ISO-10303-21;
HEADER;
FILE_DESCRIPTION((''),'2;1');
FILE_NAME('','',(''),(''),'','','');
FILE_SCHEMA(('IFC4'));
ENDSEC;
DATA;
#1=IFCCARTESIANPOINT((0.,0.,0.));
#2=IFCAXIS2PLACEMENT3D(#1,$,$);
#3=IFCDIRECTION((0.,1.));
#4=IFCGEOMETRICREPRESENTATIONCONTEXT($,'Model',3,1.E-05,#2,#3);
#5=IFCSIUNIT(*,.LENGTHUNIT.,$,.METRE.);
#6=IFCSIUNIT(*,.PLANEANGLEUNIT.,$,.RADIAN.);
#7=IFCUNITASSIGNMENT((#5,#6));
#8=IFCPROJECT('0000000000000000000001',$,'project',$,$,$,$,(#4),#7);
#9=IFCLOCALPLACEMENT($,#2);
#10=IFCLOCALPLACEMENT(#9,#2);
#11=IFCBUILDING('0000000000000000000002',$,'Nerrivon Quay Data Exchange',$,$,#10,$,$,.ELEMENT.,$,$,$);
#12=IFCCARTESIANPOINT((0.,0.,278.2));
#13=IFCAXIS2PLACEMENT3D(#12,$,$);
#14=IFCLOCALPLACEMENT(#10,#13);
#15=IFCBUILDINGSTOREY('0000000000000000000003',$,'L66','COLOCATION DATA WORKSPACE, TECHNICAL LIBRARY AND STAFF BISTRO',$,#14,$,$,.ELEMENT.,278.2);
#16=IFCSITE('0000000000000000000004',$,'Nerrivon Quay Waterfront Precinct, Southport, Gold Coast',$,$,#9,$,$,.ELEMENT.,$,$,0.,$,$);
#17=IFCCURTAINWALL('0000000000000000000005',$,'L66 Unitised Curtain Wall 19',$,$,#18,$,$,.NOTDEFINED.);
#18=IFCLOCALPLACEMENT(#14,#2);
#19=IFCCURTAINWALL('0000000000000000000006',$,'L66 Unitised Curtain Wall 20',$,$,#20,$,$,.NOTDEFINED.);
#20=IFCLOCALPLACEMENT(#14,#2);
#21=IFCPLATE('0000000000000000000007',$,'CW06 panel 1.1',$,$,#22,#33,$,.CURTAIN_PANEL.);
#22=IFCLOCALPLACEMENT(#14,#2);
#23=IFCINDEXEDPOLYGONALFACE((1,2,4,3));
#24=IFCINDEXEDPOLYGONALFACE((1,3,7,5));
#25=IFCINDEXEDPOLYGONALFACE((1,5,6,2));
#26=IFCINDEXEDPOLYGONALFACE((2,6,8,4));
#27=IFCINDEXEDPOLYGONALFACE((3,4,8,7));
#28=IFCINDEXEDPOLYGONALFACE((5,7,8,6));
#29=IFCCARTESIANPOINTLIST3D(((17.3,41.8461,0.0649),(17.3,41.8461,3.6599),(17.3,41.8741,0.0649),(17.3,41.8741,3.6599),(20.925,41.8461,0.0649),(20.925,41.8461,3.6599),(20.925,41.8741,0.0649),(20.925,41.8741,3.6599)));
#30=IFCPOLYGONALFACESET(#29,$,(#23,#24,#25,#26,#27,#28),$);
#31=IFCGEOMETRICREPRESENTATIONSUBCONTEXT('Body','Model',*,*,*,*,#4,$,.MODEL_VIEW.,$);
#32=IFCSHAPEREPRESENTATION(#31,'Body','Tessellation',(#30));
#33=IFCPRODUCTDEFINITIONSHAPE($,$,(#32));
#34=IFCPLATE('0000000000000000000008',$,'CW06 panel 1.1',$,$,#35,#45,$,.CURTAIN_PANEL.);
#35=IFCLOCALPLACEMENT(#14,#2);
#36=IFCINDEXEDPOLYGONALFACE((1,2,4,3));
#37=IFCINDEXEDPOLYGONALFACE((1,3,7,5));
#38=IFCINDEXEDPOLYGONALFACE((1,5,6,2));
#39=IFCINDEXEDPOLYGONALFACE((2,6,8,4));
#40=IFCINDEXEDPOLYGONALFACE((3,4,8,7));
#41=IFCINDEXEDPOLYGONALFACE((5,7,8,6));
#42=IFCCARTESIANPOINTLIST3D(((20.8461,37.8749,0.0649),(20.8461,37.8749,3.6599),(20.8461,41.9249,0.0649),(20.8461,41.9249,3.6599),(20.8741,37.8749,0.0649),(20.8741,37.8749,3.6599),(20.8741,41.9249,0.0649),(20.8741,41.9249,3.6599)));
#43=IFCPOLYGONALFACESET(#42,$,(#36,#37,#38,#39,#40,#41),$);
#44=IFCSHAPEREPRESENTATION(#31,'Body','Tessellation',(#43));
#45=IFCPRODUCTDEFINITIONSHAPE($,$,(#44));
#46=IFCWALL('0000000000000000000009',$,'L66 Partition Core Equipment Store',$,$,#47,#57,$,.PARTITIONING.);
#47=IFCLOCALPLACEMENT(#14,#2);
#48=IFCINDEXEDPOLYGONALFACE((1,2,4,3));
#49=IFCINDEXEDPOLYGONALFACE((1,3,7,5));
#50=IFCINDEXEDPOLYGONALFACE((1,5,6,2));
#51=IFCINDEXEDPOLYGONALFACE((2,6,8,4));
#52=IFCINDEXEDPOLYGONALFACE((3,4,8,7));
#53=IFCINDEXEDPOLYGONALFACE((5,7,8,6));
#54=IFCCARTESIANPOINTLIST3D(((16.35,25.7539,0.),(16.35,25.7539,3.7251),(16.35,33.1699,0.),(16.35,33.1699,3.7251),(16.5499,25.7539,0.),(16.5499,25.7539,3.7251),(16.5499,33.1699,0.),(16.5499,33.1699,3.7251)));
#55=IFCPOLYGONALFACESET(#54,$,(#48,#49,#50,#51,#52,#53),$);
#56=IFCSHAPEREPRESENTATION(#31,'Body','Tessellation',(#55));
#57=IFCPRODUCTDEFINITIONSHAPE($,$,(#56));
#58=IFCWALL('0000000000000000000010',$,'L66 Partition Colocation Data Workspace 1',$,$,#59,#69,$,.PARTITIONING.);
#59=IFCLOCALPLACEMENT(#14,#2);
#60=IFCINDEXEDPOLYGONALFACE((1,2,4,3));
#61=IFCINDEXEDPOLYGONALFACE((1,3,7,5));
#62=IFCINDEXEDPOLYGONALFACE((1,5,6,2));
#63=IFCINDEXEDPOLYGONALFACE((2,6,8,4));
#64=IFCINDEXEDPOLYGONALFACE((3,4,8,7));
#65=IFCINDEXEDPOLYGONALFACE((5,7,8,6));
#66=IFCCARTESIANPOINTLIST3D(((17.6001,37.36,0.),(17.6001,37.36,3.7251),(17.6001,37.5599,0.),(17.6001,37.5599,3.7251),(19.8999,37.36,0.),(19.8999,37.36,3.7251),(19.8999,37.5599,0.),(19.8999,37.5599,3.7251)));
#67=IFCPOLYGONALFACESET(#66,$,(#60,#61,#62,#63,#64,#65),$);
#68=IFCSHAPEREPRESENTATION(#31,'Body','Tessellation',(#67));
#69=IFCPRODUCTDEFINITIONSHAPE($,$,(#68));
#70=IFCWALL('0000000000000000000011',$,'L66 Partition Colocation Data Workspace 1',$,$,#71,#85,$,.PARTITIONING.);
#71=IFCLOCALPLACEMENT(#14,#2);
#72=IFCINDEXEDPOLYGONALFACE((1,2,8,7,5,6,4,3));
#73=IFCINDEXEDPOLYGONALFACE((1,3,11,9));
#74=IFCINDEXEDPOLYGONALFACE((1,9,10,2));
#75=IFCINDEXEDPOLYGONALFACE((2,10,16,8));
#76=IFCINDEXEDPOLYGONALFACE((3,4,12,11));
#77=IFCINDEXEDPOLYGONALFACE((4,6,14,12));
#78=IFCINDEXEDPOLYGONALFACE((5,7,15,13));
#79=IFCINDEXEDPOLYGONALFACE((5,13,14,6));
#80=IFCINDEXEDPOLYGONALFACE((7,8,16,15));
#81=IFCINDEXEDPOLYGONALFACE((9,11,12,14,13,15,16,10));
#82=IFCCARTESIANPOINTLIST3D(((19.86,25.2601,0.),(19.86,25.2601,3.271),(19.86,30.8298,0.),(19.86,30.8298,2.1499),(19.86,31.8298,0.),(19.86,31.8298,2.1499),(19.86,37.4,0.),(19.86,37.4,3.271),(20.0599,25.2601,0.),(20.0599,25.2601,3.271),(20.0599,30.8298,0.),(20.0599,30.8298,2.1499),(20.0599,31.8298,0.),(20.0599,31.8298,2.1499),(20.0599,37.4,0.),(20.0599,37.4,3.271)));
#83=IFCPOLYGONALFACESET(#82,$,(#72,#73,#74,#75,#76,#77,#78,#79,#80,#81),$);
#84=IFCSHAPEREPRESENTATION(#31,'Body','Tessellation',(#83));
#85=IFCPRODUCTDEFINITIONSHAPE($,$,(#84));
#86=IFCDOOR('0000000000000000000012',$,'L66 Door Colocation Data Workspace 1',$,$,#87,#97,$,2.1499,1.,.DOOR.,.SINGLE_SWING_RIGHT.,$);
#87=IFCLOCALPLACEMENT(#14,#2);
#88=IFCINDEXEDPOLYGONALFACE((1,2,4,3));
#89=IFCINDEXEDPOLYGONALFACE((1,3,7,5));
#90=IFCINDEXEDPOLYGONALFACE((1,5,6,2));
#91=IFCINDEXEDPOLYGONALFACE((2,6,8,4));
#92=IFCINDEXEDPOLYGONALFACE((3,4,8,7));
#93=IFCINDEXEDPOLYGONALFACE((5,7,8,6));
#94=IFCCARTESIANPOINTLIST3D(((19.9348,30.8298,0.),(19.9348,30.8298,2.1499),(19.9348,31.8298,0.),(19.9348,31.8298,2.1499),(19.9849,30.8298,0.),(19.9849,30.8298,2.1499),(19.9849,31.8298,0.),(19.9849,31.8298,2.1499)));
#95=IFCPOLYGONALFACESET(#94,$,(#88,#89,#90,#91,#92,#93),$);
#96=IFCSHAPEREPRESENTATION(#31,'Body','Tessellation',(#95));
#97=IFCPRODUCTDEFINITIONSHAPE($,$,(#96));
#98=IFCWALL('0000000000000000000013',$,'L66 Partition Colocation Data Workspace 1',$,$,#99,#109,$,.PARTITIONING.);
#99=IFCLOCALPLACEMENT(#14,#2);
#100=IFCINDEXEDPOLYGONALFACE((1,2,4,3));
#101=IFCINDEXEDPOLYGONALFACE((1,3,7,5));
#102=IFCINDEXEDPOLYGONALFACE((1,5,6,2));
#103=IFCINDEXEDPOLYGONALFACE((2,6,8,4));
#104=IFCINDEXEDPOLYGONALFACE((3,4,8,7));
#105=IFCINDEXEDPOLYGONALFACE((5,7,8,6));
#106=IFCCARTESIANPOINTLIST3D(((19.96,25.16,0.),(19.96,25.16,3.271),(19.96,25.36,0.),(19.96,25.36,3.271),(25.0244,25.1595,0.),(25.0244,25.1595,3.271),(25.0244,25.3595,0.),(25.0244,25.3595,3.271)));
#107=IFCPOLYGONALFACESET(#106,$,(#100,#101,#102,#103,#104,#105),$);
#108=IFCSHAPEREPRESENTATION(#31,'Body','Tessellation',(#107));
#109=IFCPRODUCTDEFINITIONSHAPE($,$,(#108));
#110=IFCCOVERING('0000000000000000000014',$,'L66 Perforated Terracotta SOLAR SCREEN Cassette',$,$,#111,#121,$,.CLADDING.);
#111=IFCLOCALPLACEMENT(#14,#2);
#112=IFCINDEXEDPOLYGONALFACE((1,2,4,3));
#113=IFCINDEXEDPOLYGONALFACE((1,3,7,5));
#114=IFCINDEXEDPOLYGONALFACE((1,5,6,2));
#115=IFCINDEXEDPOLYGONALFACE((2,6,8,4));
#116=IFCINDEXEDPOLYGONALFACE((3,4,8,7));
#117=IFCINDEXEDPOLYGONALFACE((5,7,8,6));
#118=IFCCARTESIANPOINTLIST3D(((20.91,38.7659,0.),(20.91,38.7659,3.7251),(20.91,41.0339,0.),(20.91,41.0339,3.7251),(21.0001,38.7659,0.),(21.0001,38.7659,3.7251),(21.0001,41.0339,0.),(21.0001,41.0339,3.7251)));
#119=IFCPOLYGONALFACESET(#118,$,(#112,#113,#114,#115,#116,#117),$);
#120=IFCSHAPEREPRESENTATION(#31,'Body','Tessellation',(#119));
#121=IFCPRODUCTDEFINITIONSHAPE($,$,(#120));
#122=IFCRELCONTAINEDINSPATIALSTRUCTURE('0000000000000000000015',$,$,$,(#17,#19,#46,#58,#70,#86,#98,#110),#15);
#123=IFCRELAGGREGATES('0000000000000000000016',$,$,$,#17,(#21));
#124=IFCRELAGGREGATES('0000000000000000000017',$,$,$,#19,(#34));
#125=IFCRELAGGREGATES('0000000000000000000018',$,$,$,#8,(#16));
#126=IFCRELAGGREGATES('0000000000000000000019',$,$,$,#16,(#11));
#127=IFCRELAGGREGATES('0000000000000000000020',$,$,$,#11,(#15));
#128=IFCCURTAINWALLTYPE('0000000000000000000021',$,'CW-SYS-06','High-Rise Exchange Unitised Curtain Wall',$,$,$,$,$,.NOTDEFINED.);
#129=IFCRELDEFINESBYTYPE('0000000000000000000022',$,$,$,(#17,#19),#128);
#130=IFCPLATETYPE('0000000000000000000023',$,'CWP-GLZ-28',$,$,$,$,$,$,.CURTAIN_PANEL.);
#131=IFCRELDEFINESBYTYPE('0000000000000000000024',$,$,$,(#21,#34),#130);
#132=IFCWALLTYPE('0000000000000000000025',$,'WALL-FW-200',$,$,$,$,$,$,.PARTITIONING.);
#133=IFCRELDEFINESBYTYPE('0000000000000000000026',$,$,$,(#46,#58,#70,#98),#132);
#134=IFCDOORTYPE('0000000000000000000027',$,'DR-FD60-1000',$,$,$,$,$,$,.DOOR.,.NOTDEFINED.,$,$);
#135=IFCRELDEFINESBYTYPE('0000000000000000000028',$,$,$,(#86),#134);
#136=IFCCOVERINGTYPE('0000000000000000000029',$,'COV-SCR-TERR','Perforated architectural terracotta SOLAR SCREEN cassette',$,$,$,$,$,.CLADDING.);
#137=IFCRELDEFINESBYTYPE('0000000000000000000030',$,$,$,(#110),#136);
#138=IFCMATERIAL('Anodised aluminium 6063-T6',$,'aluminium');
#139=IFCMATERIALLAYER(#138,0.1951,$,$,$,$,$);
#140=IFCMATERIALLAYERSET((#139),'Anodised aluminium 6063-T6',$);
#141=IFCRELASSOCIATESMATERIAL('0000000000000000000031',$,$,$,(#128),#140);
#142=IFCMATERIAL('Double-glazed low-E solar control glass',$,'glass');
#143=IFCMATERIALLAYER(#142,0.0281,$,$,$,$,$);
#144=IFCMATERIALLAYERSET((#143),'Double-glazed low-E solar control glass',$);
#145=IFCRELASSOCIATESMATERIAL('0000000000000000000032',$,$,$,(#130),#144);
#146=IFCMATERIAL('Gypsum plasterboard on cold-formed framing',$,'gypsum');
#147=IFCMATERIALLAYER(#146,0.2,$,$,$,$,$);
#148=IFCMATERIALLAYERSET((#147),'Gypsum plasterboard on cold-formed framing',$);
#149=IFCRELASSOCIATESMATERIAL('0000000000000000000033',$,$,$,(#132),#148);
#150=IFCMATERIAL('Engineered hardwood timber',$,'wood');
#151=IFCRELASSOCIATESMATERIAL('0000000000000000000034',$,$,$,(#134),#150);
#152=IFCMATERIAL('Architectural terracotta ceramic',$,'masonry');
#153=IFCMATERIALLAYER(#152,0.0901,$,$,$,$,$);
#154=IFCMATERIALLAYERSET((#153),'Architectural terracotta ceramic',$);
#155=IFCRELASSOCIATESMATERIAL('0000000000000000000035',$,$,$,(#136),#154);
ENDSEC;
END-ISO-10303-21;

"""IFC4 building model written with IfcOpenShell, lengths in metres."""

from ifc_helpers import new_model, si_unit, direction, frame, frame_2d, origin, origin_2d, place, context, subcontext, project, spatial, rectangle, extrude, material, layer, layer_set, type_object, element, fill, aggregate, save


model = new_model("IFC4")

# Units and contexts
model_context = context("Model", 3, precision=1e-05, world=origin(), true_north=direction((0.0, 1.0)))
body_context = subcontext(model_context, "Body", "Model", "MODEL_VIEW")
ifc_project = project(units=[si_unit("LENGTHUNIT", "METRE"), si_unit("PLANEANGLEUNIT", "RADIAN")], contexts=[model_context])

# Site, building, storey
site_placement = place(None, origin())
site = spatial("IfcSite", under=ifc_project, at=site_placement, Name="Nerrivon Quay Waterfront Precinct, Southport, Gold Coast", CompositionType="ELEMENT", RefElevation=0.0)
building_placement = place(site_placement, origin())
building = spatial("IfcBuilding", under=site, at=building_placement, Name="Nerrivon Quay Data Exchange", CompositionType="ELEMENT")
storey_placement = place(building_placement, frame((0.0, 0.0, 278.2)))
storey = spatial("IfcBuildingStorey", under=building, at=storey_placement, Name="L66", Description="COLOCATION DATA WORKSPACE, TECHNICAL LIBRARY AND STAFF BISTRO", CompositionType="ELEMENT", Elevation=278.2)

# Curtain walls
ifc_material_1 = material(Name="Anodised aluminium 6063-T6", Category="aluminium")
ifc_layer_1 = layer(ifc_material_1, 0.1951)
ifc_layer_set_1 = layer_set([ifc_layer_1], Name="Anodised aluminium 6063-T6")
curtain_wall_type = type_object("IfcCurtainWallType", Name="CW-SYS-06", Description="High-Rise Exchange Unitised Curtain Wall", PredefinedType="NOTDEFINED", material=ifc_layer_set_1)
curtain_wall_1_placement = place(storey_placement, origin())
curtain_wall_1 = element("IfcCurtainWall", 1, at=curtain_wall_1_placement, inside=storey, type_object=curtain_wall_type, Name="L66 Unitised Curtain Wall 19", PredefinedType="NOTDEFINED")
curtain_wall_2_placement = place(storey_placement, origin())
curtain_wall_2 = element("IfcCurtainWall", 2, at=curtain_wall_2_placement, inside=storey, type_object=curtain_wall_type, Name="L66 Unitised Curtain Wall 20", PredefinedType="NOTDEFINED")

# Plates
ifc_material_2 = material(Name="Double-glazed low-E solar control glass", Category="glass")
ifc_layer_2 = layer(ifc_material_2, 0.0281)
ifc_layer_set_2 = layer_set([ifc_layer_2], Name="Double-glazed low-E solar control glass")
plate_type = type_object("IfcPlateType", Name="CWP-GLZ-28", PredefinedType="CURTAIN_PANEL", material=ifc_layer_set_2)
plate_1_placement = place(storey_placement, frame((19.1125, 41.8601, 0.0649), z_axis=(0.0, 0.0, 1.0), x_axis=(1.0, 0.0, 0.0)))
plate_1 = element("IfcPlate", 3, at=plate_1_placement, type_object=plate_type, Name="CW06 panel 1.1", PredefinedType="CURTAIN_PANEL", context=body_context, shape_type="SweptSolid", body=[
    extrude(rectangle(XDim=3.625, YDim=0.0281, at=origin_2d()), origin(), (0.0, 0.0, 1.0), 3.595),
])
aggregate(curtain_wall_1, [plate_1])
plate_2_placement = place(storey_placement, frame((20.8601, 39.8999, 0.0649), z_axis=(0.0, 0.0, 1.0), x_axis=(0.0, -1.0, 0.0)))
plate_2 = element("IfcPlate", 4, at=plate_2_placement, type_object=plate_type, Name="CW06 panel 1.1", PredefinedType="CURTAIN_PANEL", context=body_context, shape_type="SweptSolid", body=[
    extrude(rectangle(XDim=4.05, YDim=0.0281, at=origin_2d()), origin(), (0.0, 0.0, 1.0), 3.595),
])
aggregate(curtain_wall_2, [plate_2])

# Walls
ifc_material_3 = material(Name="Gypsum plasterboard on cold-formed framing", Category="gypsum")
ifc_layer_3 = layer(ifc_material_3, 0.2)
ifc_layer_set_3 = layer_set([ifc_layer_3], Name="Gypsum plasterboard on cold-formed framing")
wall_type_1 = type_object("IfcWallType", Name="WALL-FW-200", PredefinedType="PARTITIONING", material=ifc_layer_set_3)
wall_1_placement = place(storey_placement, frame((16.45, 25.7539, 0.0), z_axis=(0.0, 0.0, 1.0), x_axis=(0.0, 1.0, 0.0)))
element("IfcWall", 5, at=wall_1_placement, inside=storey, type_object=wall_type_1, Name="L66 Partition Core Equipment Store", PredefinedType="PARTITIONING", context=body_context, shape_type="SweptSolid", body=[
    extrude(rectangle(XDim=7.416, YDim=0.2, at=frame_2d((3.708, 0.0))), origin(), (0.0, 0.0, 1.0), 3.7251),
])
wall_2_placement = place(storey_placement, frame((17.6001, 37.46, 0.0), z_axis=(0.0, 0.0, 1.0), x_axis=(1.0, 0.0, 0.0)))
element("IfcWall", 6, at=wall_2_placement, inside=storey, type_object=wall_type_1, Name="L66 Partition Colocation Data Workspace 1", PredefinedType="PARTITIONING", context=body_context, shape_type="SweptSolid", body=[
    extrude(rectangle(XDim=2.2998, YDim=0.2, at=frame_2d((1.1499, 0.0))), origin(), (0.0, 0.0, 1.0), 3.7251),
])

# Wall, opening, door
wall_3_placement = place(storey_placement, frame((19.96, 37.3999, 0.0), z_axis=(0.0, 0.0, 1.0), x_axis=(0.0, -1.0, 0.0)))
wall_3 = element("IfcWall", 7, at=wall_3_placement, inside=storey, type_object=wall_type_1, Name="L66 Partition Colocation Data Workspace 1", PredefinedType="PARTITIONING", context=body_context, shape_type="SweptSolid", body=[
    extrude(rectangle(XDim=12.1399, YDim=0.2, at=frame_2d((6.0698, 0.0))), origin(), (0.0, 0.0, 1.0), 3.271),
])
opening_1_placement = place(wall_3_placement, frame((5.5701, 0.0, 0.0)))
opening_1 = element("IfcOpeningElement", 8, at=opening_1_placement, cuts=wall_3, PredefinedType="OPENING", context=body_context, shape_type="SweptSolid", body=[
    extrude(rectangle(XDim=1.0, YDim=2.1499, at=frame_2d((0.5, 1.075))), frame((0.0, 0.1099, 0.0), z_axis=(0.0, -1.0, 0.0), x_axis=(1.0, 0.0, 0.0)), (0.0, 0.0, 1.0), 0.22),
])
ifc_material_4 = material(Name="Engineered hardwood timber", Category="wood")
door_type_1 = type_object("IfcDoorType", Name="DR-FD60-1000", OperationType="NOTDEFINED", PredefinedType="DOOR", material=ifc_material_4)
door_1_placement = place(opening_1_placement, origin())
door_1 = element("IfcDoor", 9, at=door_1_placement, inside=storey, type_object=door_type_1, Name="L66 Door Colocation Data Workspace 1", OperationType="SINGLE_SWING_RIGHT", OverallHeight=2.1499, OverallWidth=1.0, PredefinedType="DOOR", context=body_context, shape_type="SweptSolid", body=[
    extrude(rectangle(XDim=1.0, YDim=2.1499, at=frame_2d((0.5, 1.075))), frame((0.0, 0.0249, 0.0), z_axis=(0.0, -1.0, 0.0), x_axis=(1.0, 0.0, 0.0)), (0.0, 0.0, 1.0), 0.05),
])
fill(opening_1, door_1)

# Wall
wall_4_placement = place(storey_placement, frame((19.96, 25.26, 0.0), z_axis=(0.0, 0.0, 1.0), x_axis=(1.0, -0.000096, 0.0)))
element("IfcWall", 10, at=wall_4_placement, inside=storey, type_object=wall_type_1, Name="L66 Partition Colocation Data Workspace 1", PredefinedType="PARTITIONING", context=body_context, shape_type="SweptSolid", body=[
    extrude(rectangle(XDim=5.0645, YDim=0.2, at=frame_2d((2.5322, 0.0))), origin(), (0.0, 0.0, 1.0), 3.271),
])

# Covering
ifc_material_5 = material(Name="Architectural terracotta ceramic", Category="masonry")
ifc_layer_4 = layer(ifc_material_5, 0.0901)
ifc_layer_set_4 = layer_set([ifc_layer_4], Name="Architectural terracotta ceramic")
covering_type = type_object("IfcCoveringType", Name="COV-SCR-TERR", Description="Perforated architectural terracotta SOLAR SCREEN cassette", PredefinedType="CLADDING", material=ifc_layer_set_4)
covering_placement = place(storey_placement, frame((20.9551, 39.8999, 0.0), z_axis=(0.0, 0.0, 1.0), x_axis=(0.0, -1.0, 0.0)))
element("IfcCovering", 11, at=covering_placement, inside=storey, type_object=covering_type, Name="L66 Perforated Terracotta SOLAR SCREEN Cassette", PredefinedType="CLADDING", context=body_context, shape_type="SweptSolid", body=[
    extrude(rectangle(XDim=2.2681, YDim=0.0901, at=origin_2d()), origin(), (0.0, 0.0, 1.0), 3.7251),
])

save(model, "model.ifc")
